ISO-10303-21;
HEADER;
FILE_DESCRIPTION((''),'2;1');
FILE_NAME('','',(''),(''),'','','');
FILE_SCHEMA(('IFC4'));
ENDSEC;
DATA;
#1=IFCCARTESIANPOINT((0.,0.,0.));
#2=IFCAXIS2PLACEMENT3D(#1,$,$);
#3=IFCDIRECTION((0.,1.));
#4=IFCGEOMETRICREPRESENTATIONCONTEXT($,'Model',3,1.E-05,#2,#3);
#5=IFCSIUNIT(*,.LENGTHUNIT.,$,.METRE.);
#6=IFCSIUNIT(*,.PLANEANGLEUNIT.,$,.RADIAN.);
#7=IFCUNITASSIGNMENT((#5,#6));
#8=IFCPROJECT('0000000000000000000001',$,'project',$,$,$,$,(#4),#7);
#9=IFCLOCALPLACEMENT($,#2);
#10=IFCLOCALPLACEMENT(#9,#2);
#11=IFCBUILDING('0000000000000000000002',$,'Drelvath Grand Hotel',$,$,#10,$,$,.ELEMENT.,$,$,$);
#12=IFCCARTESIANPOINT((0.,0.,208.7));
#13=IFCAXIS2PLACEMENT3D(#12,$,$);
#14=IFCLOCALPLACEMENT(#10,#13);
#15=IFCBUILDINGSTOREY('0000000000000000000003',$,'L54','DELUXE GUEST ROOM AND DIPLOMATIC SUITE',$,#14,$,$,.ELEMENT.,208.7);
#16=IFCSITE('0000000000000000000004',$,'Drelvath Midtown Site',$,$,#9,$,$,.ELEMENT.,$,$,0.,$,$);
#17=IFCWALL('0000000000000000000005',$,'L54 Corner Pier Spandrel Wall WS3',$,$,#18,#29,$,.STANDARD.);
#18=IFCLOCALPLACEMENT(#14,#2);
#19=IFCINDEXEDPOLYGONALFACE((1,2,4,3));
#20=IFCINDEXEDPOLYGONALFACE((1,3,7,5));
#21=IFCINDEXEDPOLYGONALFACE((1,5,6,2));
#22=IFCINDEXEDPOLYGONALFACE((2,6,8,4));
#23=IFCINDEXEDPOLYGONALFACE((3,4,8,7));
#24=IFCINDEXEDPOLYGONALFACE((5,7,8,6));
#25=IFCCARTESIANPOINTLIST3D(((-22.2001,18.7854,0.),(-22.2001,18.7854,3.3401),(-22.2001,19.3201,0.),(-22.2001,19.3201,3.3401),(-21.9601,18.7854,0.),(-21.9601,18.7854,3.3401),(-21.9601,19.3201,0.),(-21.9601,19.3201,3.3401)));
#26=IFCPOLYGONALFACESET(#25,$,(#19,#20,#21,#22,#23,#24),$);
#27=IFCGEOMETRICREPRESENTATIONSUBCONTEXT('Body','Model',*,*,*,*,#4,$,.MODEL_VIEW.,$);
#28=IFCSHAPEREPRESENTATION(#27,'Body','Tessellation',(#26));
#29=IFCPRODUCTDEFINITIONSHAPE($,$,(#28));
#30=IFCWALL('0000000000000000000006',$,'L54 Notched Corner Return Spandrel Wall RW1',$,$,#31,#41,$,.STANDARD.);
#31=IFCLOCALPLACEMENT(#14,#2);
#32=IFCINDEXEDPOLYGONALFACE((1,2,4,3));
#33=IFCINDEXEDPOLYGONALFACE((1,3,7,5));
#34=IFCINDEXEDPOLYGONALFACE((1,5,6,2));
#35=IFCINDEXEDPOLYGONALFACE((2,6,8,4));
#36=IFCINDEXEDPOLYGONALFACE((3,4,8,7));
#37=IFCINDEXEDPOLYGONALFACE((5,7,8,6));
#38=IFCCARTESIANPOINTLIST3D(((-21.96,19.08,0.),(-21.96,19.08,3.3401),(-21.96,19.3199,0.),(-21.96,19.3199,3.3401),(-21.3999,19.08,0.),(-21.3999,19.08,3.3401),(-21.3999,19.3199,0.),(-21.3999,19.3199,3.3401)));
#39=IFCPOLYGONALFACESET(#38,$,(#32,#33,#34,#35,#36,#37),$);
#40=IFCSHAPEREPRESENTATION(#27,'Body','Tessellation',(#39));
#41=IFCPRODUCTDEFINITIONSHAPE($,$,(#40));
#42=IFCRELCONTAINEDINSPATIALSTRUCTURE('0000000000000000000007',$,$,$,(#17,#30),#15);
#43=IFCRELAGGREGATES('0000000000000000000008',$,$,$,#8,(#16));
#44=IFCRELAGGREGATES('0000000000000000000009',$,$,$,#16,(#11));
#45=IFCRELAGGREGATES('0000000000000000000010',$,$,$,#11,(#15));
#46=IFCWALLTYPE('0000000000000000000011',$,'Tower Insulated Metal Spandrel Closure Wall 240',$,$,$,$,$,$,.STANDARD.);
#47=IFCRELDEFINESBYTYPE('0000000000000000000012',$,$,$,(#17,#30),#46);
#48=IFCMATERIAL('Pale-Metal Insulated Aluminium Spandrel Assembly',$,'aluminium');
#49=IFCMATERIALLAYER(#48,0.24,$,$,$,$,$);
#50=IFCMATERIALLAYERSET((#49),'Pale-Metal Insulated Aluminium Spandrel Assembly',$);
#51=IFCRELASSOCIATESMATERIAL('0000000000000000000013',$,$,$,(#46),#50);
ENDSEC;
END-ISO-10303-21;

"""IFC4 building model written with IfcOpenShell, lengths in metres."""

from ifc_helpers import new_model, si_unit, direction, frame, frame_2d, origin, place, context, subcontext, project, spatial, rectangle, extrude, material, layer, layer_set, type_object, element, save


model = new_model("IFC4")

# Units and contexts
model_context = context("Model", 3, precision=1e-05, world=origin(), true_north=direction((0.0, 1.0)))
body_context = subcontext(model_context, "Body", "Model", "MODEL_VIEW")
ifc_project = project(units=[si_unit("LENGTHUNIT", "METRE"), si_unit("PLANEANGLEUNIT", "RADIAN")], contexts=[model_context])

# Site, building, storey
site_placement = place(None, origin())
site = spatial("IfcSite", under=ifc_project, at=site_placement, Name="Drelvath Midtown Site", CompositionType="ELEMENT", RefElevation=0.0)
building_placement = place(site_placement, origin())
building = spatial("IfcBuilding", under=site, at=building_placement, Name="Drelvath Grand Hotel", CompositionType="ELEMENT")
storey_placement = place(building_placement, frame((0.0, 0.0, 208.7)))
storey = spatial("IfcBuildingStorey", under=building, at=storey_placement, Name="L54", Description="DELUXE GUEST ROOM AND DIPLOMATIC SUITE", CompositionType="ELEMENT", Elevation=208.7)

# Walls
ifc_material_1 = material(Name="Pale-Metal Insulated Aluminium Spandrel Assembly", Category="aluminium")
ifc_layer_1 = layer(ifc_material_1, 0.24)
ifc_layer_set_1 = layer_set([ifc_layer_1], Name="Pale-Metal Insulated Aluminium Spandrel Assembly")
wall_type_1 = type_object("IfcWallType", Name="Tower Insulated Metal Spandrel Closure Wall 240", PredefinedType="STANDARD", material=ifc_layer_set_1)
wall_1_placement = place(storey_placement, frame((-22.0801, 18.7854, 0.0), z_axis=(0.0, 0.0, 1.0), x_axis=(0.0, 1.0, 0.0)))
element("IfcWall", 1, at=wall_1_placement, inside=storey, type_object=wall_type_1, Name="L54 Corner Pier Spandrel Wall WS3", PredefinedType="STANDARD", context=body_context, shape_type="SweptSolid", body=[
    extrude(rectangle(XDim=0.5347, YDim=0.24, at=frame_2d((0.2673, 0.0))), origin(), (0.0, 0.0, 1.0), 3.3401),
])
wall_2_placement = place(storey_placement, frame((-21.96, 19.2, 0.0), z_axis=(0.0, 0.0, 1.0), x_axis=(1.0, 0.0, 0.0)))
element("IfcWall", 2, at=wall_2_placement, inside=storey, type_object=wall_type_1, Name="L54 Notched Corner Return Spandrel Wall RW1", PredefinedType="STANDARD", context=body_context, shape_type="SweptSolid", body=[
    extrude(rectangle(XDim=0.5601, YDim=0.24, at=frame_2d((0.28, 0.0))), origin(), (0.0, 0.0, 1.0), 3.3401),
])

save(model, "model.ifc")
